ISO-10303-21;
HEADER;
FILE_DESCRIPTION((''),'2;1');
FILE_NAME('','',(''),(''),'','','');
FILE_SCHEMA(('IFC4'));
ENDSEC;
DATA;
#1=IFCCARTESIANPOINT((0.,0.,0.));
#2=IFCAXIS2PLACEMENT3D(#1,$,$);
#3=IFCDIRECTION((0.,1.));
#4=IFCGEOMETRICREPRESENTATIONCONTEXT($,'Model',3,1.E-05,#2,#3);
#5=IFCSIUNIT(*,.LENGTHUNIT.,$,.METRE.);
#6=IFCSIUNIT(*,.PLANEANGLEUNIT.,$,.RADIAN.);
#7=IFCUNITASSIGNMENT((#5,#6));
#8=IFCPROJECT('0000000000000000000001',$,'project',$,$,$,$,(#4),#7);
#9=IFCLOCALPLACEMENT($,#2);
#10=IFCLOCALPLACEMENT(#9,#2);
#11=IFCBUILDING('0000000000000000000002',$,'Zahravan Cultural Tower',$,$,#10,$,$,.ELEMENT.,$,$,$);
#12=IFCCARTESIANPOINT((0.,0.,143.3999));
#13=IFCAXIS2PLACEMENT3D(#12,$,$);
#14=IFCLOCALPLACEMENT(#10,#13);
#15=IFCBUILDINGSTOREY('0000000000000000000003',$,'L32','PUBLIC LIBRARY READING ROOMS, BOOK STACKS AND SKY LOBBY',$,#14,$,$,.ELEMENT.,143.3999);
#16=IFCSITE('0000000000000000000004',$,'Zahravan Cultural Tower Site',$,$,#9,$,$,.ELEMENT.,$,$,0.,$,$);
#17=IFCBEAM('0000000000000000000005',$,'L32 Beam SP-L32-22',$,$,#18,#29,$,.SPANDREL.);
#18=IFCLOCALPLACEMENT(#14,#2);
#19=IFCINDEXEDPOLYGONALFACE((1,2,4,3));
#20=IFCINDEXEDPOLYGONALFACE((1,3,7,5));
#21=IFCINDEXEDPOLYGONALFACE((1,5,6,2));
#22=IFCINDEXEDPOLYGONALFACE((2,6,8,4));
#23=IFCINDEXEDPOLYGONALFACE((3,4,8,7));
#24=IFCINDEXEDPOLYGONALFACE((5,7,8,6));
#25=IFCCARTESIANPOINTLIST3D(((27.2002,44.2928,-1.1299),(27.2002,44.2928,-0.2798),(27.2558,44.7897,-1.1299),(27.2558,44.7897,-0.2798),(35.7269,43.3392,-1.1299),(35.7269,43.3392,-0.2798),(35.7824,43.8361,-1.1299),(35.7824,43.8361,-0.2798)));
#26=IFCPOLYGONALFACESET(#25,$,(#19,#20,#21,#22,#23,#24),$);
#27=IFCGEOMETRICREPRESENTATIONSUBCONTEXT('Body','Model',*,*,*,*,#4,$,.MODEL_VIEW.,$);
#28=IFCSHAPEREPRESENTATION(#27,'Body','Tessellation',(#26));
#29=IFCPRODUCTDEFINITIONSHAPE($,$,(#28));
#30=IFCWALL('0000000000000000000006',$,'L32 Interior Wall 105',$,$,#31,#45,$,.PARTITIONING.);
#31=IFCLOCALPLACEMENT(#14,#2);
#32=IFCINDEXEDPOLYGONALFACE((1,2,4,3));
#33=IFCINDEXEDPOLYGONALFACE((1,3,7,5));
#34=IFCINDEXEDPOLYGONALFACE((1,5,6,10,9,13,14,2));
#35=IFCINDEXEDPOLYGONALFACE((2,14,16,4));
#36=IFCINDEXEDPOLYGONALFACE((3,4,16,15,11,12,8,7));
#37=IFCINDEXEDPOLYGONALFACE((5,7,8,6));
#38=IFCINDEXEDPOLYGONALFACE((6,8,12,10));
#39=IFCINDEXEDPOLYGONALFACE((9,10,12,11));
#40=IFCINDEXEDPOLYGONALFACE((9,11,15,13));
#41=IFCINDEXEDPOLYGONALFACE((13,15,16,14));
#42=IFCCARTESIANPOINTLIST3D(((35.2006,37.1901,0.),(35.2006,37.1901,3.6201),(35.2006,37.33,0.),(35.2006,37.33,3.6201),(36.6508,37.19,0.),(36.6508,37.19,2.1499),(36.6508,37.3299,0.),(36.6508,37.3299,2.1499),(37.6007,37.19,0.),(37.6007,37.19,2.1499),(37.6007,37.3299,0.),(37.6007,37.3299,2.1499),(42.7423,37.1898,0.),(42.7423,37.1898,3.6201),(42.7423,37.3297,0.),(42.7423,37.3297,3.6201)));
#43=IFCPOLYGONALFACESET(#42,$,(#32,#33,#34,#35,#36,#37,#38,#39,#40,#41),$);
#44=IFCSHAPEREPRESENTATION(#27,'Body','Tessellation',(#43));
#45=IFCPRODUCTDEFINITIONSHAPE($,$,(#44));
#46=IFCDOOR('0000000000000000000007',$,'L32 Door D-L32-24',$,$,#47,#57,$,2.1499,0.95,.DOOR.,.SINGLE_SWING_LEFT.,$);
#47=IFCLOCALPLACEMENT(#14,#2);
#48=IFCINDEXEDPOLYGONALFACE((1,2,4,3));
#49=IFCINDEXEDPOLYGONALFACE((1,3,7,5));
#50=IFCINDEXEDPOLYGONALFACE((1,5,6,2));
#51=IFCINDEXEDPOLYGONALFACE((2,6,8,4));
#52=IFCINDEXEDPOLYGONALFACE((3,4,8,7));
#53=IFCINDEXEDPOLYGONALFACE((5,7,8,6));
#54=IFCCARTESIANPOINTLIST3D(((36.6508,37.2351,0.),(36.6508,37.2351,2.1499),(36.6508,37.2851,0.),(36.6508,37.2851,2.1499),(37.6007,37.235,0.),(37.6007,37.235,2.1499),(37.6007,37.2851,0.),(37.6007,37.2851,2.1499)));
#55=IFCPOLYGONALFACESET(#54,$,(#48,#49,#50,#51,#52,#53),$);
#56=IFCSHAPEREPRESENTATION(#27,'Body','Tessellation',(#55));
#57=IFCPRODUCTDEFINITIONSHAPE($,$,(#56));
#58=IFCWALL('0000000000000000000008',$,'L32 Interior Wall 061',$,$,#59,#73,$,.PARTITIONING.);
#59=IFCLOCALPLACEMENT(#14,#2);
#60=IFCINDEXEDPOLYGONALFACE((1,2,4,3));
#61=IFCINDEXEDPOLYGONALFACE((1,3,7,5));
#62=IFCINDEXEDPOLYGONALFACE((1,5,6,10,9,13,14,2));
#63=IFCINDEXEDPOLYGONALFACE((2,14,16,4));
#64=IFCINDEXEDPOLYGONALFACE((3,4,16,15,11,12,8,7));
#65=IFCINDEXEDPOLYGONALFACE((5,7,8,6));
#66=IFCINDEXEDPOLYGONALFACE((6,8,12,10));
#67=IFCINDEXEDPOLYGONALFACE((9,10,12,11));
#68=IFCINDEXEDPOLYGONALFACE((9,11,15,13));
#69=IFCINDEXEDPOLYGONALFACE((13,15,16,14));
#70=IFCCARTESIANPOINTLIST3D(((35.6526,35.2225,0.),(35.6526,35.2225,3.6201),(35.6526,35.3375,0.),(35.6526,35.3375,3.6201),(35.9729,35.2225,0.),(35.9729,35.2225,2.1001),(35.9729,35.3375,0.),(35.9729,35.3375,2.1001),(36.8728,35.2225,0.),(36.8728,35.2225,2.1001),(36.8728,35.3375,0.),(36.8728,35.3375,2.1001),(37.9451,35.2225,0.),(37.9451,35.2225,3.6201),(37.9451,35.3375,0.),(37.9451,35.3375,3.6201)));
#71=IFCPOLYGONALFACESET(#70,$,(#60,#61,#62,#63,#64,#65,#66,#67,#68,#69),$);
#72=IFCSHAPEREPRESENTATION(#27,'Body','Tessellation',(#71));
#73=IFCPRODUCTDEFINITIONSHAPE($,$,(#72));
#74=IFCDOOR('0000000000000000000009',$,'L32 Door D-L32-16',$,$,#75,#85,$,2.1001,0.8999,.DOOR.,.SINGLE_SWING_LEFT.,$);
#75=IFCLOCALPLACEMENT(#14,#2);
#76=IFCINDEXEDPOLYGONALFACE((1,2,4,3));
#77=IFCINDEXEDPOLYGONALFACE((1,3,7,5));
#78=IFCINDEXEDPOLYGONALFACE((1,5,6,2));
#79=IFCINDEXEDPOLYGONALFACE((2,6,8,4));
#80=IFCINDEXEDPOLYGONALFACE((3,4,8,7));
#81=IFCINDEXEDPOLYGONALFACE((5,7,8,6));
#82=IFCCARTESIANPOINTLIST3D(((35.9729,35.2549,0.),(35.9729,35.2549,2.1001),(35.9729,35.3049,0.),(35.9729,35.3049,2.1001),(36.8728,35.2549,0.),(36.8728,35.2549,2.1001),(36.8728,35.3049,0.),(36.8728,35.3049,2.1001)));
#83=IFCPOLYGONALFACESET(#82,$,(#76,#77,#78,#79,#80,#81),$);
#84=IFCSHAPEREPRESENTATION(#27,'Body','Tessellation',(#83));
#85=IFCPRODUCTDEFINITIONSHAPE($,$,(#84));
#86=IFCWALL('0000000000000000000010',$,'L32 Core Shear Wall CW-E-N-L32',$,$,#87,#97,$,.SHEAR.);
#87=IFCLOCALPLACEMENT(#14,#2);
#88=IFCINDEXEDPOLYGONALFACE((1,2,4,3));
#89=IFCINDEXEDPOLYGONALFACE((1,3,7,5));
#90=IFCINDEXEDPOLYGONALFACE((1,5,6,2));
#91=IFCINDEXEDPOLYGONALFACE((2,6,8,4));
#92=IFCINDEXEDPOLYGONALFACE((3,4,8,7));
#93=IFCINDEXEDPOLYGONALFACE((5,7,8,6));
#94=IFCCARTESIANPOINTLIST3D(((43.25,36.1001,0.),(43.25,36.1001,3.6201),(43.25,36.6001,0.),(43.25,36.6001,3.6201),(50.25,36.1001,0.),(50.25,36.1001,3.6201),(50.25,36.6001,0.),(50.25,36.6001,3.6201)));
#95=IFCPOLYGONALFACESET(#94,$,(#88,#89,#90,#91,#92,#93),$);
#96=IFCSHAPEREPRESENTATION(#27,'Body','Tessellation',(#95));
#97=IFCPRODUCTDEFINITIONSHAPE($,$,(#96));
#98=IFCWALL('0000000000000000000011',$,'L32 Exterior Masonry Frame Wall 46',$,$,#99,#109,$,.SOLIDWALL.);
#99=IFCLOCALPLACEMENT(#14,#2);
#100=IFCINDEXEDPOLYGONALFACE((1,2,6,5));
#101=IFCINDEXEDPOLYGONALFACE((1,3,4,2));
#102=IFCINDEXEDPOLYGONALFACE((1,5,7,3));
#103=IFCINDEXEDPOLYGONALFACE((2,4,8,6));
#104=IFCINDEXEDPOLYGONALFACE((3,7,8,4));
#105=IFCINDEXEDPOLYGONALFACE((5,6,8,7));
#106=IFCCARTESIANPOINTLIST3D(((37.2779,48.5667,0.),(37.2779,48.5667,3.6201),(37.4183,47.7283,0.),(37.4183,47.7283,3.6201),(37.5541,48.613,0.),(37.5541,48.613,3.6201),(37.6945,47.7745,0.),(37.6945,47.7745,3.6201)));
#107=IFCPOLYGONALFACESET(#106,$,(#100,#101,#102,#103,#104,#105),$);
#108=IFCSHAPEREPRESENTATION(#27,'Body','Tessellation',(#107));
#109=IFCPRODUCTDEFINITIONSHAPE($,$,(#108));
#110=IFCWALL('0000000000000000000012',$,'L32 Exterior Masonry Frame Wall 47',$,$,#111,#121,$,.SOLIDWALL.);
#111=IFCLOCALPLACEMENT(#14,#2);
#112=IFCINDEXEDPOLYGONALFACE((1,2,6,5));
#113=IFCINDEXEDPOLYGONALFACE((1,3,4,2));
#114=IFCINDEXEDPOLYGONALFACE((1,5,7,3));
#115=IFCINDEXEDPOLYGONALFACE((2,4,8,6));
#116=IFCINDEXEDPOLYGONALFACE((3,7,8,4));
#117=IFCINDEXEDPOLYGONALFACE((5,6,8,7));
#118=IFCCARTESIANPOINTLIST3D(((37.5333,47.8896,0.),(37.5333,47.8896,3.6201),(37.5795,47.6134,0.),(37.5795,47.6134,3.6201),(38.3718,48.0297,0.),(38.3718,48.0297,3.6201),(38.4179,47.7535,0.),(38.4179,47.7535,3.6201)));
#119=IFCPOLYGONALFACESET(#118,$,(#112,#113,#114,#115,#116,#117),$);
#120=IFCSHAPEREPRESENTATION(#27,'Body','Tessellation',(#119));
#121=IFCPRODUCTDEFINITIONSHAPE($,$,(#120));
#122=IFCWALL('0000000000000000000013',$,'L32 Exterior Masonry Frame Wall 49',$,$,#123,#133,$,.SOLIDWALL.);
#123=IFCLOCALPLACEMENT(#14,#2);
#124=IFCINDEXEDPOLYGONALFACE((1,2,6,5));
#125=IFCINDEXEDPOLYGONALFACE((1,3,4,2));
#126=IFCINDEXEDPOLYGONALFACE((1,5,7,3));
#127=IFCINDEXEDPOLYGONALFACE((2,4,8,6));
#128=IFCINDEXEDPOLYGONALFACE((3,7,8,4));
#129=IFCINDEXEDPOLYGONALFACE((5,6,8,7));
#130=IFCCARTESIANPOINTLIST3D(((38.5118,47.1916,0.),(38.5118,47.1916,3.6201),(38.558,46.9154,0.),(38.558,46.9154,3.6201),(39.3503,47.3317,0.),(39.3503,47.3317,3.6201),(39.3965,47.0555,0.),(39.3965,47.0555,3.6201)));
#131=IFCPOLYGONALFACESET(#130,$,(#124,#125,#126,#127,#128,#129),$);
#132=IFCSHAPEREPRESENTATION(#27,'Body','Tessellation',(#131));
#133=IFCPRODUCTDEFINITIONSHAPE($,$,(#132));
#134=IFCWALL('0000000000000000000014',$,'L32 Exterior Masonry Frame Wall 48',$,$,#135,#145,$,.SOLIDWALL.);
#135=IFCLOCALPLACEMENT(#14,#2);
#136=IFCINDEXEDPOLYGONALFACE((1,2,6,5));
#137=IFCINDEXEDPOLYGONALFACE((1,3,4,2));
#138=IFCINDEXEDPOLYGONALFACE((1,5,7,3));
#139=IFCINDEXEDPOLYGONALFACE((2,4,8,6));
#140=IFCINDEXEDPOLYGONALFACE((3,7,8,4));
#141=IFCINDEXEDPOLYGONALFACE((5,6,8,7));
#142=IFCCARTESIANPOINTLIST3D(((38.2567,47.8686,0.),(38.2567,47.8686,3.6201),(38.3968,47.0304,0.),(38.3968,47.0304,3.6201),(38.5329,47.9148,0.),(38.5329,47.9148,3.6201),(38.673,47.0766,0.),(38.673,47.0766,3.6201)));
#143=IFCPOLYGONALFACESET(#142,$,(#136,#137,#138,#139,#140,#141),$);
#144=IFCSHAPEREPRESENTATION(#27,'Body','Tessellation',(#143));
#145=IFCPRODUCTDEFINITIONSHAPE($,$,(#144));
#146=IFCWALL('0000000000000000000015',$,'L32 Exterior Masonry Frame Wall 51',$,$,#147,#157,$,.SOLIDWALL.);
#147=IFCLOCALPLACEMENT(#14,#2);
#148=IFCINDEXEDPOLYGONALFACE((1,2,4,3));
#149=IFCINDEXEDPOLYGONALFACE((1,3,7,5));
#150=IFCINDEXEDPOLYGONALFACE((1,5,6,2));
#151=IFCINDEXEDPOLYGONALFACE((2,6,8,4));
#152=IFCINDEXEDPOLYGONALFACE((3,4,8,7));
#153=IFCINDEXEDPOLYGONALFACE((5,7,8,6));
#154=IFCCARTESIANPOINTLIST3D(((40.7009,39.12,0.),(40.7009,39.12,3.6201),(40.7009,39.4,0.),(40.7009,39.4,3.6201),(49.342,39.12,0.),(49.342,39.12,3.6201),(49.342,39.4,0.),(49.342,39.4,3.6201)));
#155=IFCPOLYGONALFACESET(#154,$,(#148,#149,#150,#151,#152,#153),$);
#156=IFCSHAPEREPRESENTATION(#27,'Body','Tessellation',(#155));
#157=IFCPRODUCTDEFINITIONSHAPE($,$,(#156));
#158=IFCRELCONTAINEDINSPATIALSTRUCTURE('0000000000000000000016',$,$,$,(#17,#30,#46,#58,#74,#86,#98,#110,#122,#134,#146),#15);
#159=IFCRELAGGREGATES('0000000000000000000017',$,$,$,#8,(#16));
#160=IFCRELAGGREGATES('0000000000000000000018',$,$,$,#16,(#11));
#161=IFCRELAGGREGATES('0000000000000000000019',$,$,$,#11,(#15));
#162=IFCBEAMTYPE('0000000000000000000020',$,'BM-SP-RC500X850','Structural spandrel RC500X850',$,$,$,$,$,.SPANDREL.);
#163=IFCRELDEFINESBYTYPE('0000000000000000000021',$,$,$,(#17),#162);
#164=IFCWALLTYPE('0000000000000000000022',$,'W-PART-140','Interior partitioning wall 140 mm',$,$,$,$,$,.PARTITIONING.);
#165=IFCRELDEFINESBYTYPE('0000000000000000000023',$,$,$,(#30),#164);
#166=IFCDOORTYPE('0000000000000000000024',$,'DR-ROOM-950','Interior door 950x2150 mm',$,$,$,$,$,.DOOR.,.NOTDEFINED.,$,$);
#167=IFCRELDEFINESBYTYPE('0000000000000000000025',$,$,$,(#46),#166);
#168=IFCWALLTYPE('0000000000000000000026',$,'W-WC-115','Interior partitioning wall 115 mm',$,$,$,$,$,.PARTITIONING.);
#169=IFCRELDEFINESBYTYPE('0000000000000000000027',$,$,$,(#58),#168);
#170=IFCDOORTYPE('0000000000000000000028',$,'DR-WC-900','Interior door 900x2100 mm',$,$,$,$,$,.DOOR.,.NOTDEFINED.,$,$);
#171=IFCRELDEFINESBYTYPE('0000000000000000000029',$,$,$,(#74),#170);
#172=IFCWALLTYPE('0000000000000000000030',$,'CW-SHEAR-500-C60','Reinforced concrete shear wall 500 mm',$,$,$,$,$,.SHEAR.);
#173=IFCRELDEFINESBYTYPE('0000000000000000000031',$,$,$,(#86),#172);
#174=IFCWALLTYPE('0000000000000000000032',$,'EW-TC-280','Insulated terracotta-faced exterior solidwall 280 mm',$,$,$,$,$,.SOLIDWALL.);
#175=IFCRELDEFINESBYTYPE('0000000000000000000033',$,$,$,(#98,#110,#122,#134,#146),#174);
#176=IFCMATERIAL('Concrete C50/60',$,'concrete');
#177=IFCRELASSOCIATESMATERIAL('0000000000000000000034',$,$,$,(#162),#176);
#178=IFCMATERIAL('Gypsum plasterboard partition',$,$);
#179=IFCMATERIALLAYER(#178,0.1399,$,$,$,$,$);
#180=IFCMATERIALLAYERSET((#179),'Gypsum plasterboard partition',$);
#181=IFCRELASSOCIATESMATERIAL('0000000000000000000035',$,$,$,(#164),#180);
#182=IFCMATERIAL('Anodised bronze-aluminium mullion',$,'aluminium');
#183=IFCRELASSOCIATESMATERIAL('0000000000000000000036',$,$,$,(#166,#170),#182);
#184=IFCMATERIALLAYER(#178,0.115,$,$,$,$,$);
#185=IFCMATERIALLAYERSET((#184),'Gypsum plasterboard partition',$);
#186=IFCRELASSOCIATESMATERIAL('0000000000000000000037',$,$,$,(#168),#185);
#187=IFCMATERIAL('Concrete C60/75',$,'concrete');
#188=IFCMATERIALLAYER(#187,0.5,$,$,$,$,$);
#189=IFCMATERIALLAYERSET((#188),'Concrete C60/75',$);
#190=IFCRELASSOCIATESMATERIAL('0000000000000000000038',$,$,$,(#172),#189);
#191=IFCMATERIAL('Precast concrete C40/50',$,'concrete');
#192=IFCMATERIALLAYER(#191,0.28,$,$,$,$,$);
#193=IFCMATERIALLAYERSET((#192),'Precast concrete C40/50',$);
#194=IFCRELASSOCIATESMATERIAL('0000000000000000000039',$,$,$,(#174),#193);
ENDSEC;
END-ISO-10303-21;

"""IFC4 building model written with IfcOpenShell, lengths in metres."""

from ifc_helpers import new_model, si_unit, direction, frame, frame_2d, origin, origin_2d, place, context, subcontext, project, spatial, rectangle, extrude, source, transform, mapped, material, layer, layer_set, material_profile, profile_set, type_object, element, fill, save


model = new_model("IFC4")

# Units and contexts
model_context = context("Model", 3, precision=1e-05, world=origin(), true_north=direction((0.0, 1.0)))
body_context = subcontext(model_context, "Body", "Model", "MODEL_VIEW")
ifc_project = project(units=[si_unit("LENGTHUNIT", "METRE"), si_unit("PLANEANGLEUNIT", "RADIAN")], contexts=[model_context])

# Site, building, storey
site_placement = place(None, origin())
site = spatial("IfcSite", under=ifc_project, at=site_placement, Name="Zahravan Cultural Tower Site", CompositionType="ELEMENT", RefElevation=0.0)
building_placement = place(site_placement, origin())
building = spatial("IfcBuilding", under=site, at=building_placement, Name="Zahravan Cultural Tower", CompositionType="ELEMENT")
storey_placement = place(building_placement, frame((0.0, 0.0, 143.3999)))
storey = spatial("IfcBuildingStorey", under=building, at=storey_placement, Name="L32", Description="PUBLIC LIBRARY READING ROOMS, BOOK STACKS AND SKY LOBBY", CompositionType="ELEMENT", Elevation=143.3999)

# Shared definitions
ifc_material_1 = material(Name="Concrete C50/60", Category="concrete")

# Beam
ifc_material_profile_1 = material_profile(ifc_material_1, rectangle(XDim=0.5, YDim=0.8501, at=origin_2d()), Name="RC500X850")
ifc_profile_set_1 = profile_set([ifc_material_profile_1], Name="Concrete C50/60")
beam_type_1 = type_object("IfcBeamType", Name="BM-SP-RC500X850", Description="Structural spandrel RC500X850", PredefinedType="SPANDREL", material=ifc_profile_set_1)
shared_shape_1 = source(origin(), body_context, "Body", "SweptSolid", [
    extrude(rectangle(XDim=0.5, YDim=0.8501, at=origin_2d()), origin(), (0.0, 0.0, 1.0), 8.5798),
])
beam_1_placement = place(storey_placement, frame((35.7546, 43.5876, -0.7048), z_axis=(-0.993804, 0.111147, 0.0), x_axis=(-0.111147, -0.993804, 0.0)))
element("IfcBeam", 1, at=beam_1_placement, inside=storey, type_object=beam_type_1, Name="L32 Beam SP-L32-22", PredefinedType="SPANDREL", context=body_context, shape_type="MappedRepresentation", body=[
    mapped(shared_shape_1, transform((0.0, 0.0, 0.0), x_axis=(1.0, 0.0, 0.0), y_axis=(0.0, 1.0, 0.0), z_axis=(0.0, 0.0, 1.0), scale=1.0)),
])

# Walls, openings, doors
ifc_material_2 = material(Name="Gypsum plasterboard partition")
ifc_layer_1 = layer(ifc_material_2, 0.1399)
ifc_layer_set_1 = layer_set([ifc_layer_1], Name="Gypsum plasterboard partition")
wall_type_1 = type_object("IfcWallType", Name="W-PART-140", Description="Interior partitioning wall 140 mm", PredefinedType="PARTITIONING", material=ifc_layer_set_1)
wall_1_placement = place(storey_placement, frame((42.7424, 37.2598, 0.0), z_axis=(0.0, 0.0, 1.0), x_axis=(-1.0, 0.000032, 0.0)))
wall_1 = element("IfcWall", 2, at=wall_1_placement, inside=storey, type_object=wall_type_1, Name="L32 Interior Wall 105", PredefinedType="PARTITIONING", context=body_context, shape_type="SweptSolid", body=[
    extrude(rectangle(XDim=7.5417, YDim=0.1399, at=frame_2d((3.771, 0.0))), origin(), (0.0, 0.0, 1.0), 3.6201),
])
opening_1_placement = place(wall_1_placement, frame((5.1416, 0.0, 0.0)))
opening_1 = element("IfcOpeningElement", 3, at=opening_1_placement, cuts=wall_1, PredefinedType="OPENING", context=body_context, shape_type="SweptSolid", body=[
    extrude(rectangle(XDim=0.95, YDim=2.1499, at=frame_2d((0.4751, 1.075))), frame((0.0, 0.0798, 0.0), z_axis=(0.0, -1.0, 0.0), x_axis=(1.0, 0.0, 0.0)), (0.0, 0.0, 1.0), 0.1599),
])
ifc_material_3 = material(Name="Anodised bronze-aluminium mullion", Category="aluminium")
door_type_1 = type_object("IfcDoorType", Name="DR-ROOM-950", Description="Interior door 950x2150 mm", OperationType="NOTDEFINED", PredefinedType="DOOR", material=ifc_material_3)
shared_shape_2 = source(origin(), body_context, "Body", "SweptSolid", [
    extrude(rectangle(XDim=0.95, YDim=2.1499, at=frame_2d((0.4751, 1.075))), frame((0.0, 0.0249, 0.0), z_axis=(0.0, -1.0, 0.0), x_axis=(1.0, 0.0, 0.0)), (0.0, 0.0, 1.0), 0.05),
])
door_1_placement = place(opening_1_placement, origin())
door_1 = element("IfcDoor", 4, at=door_1_placement, inside=storey, type_object=door_type_1, Name="L32 Door D-L32-24", OperationType="SINGLE_SWING_LEFT", OverallHeight=2.1499, OverallWidth=0.95, PredefinedType="DOOR", context=body_context, shape_type="MappedRepresentation", body=[
    mapped(shared_shape_2, transform((0.0, 0.0, 0.0), x_axis=(1.0, 0.0, 0.0), y_axis=(0.0, 1.0, 0.0), z_axis=(0.0, 0.0, 1.0), scale=1.0)),
])
fill(opening_1, door_1)
ifc_layer_2 = layer(ifc_material_2, 0.115)
ifc_layer_set_2 = layer_set([ifc_layer_2], Name="Gypsum plasterboard partition")
wall_type_2 = type_object("IfcWallType", Name="W-WC-115", Description="Interior partitioning wall 115 mm", PredefinedType="PARTITIONING", material=ifc_layer_set_2)
wall_2_placement = place(storey_placement, frame((35.6526, 35.28, 0.0), z_axis=(0.0, 0.0, 1.0), x_axis=(1.0, 0.0, 0.0)))
wall_2 = element("IfcWall", 5, at=wall_2_placement, inside=storey, type_object=wall_type_2, Name="L32 Interior Wall 061", PredefinedType="PARTITIONING", context=body_context, shape_type="SweptSolid", body=[
    extrude(rectangle(XDim=2.2925, YDim=0.115, at=frame_2d((1.1462, 0.0))), origin(), (0.0, 0.0, 1.0), 3.6201),
])
opening_2_placement = place(wall_2_placement, frame((0.3203, 0.0, 0.0)))
opening_2 = element("IfcOpeningElement", 6, at=opening_2_placement, cuts=wall_2, PredefinedType="OPENING", context=body_context, shape_type="SweptSolid", body=[
    extrude(rectangle(XDim=0.8999, YDim=2.1001, at=frame_2d((0.45, 1.05))), frame((0.0, 0.0674, 0.0), z_axis=(0.0, -1.0, 0.0), x_axis=(1.0, 0.0, 0.0)), (0.0, 0.0, 1.0), 0.135),
])
door_type_2 = type_object("IfcDoorType", Name="DR-WC-900", Description="Interior door 900x2100 mm", OperationType="NOTDEFINED", PredefinedType="DOOR", material=ifc_material_3)
shared_shape_3 = source(origin(), body_context, "Body", "SweptSolid", [
    extrude(rectangle(XDim=0.8999, YDim=2.1001, at=frame_2d((0.45, 1.05))), frame((0.0, 0.0249, 0.0), z_axis=(0.0, -1.0, 0.0), x_axis=(1.0, 0.0, 0.0)), (0.0, 0.0, 1.0), 0.05),
])
door_2_placement = place(opening_2_placement, origin())
door_2 = element("IfcDoor", 7, at=door_2_placement, inside=storey, type_object=door_type_2, Name="L32 Door D-L32-16", OperationType="SINGLE_SWING_LEFT", OverallHeight=2.1001, OverallWidth=0.8999, PredefinedType="DOOR", context=body_context, shape_type="MappedRepresentation", body=[
    mapped(shared_shape_3, transform((0.0, 0.0, 0.0), x_axis=(1.0, 0.0, 0.0), y_axis=(0.0, 1.0, 0.0), z_axis=(0.0, 0.0, 1.0), scale=1.0)),
])
fill(opening_2, door_2)

# Walls
ifc_material_4 = material(Name="Concrete C60/75", Category="concrete")
ifc_layer_3 = layer(ifc_material_4, 0.5)
ifc_layer_set_3 = layer_set([ifc_layer_3], Name="Concrete C60/75")
wall_type_3 = type_object("IfcWallType", Name="CW-SHEAR-500-C60", Description="Reinforced concrete shear wall 500 mm", PredefinedType="SHEAR", material=ifc_layer_set_3)
shared_shape_4 = source(origin(), body_context, "Body", "SweptSolid", [
    extrude(rectangle(XDim=7.0, YDim=0.5, at=frame_2d((3.5, 0.0))), origin(), (0.0, 0.0, 1.0), 3.6201),
])
wall_3_placement = place(storey_placement, frame((43.25, 36.3501, 0.0), z_axis=(0.0, 0.0, 1.0), x_axis=(1.0, 0.0, 0.0)))
element("IfcWall", 8, at=wall_3_placement, inside=storey, type_object=wall_type_3, Name="L32 Core Shear Wall CW-E-N-L32", PredefinedType="SHEAR", context=body_context, shape_type="MappedRepresentation", body=[
    mapped(shared_shape_4, transform((0.0, 0.0, 0.0), x_axis=(1.0, 0.0, 0.0), y_axis=(0.0, 1.0, 0.0), z_axis=(0.0, 0.0, 1.0), scale=1.0)),
])
ifc_material_5 = material(Name="Precast concrete C40/50", Category="concrete")
ifc_layer_4 = layer(ifc_material_5, 0.28)
ifc_layer_set_4 = layer_set([ifc_layer_4], Name="Precast concrete C40/50")
wall_type_4 = type_object("IfcWallType", Name="EW-TC-280", Description="Insulated terracotta-faced exterior solidwall 280 mm", PredefinedType="SOLIDWALL", material=ifc_layer_set_4)
shared_shape_5 = source(origin(), body_context, "Body", "SweptSolid", [
    extrude(rectangle(XDim=0.8501, YDim=0.28, at=frame_2d((0.425, 0.0))), origin(), (0.0, 0.0, 1.0), 3.6201),
])
for number, where, z_axis, x_axis, name in (
    (9, (37.416, 48.5898, 0.0), (0.0, 0.0, 1.0), (0.165144, -0.986269, 0.0), "L32 Exterior Masonry Frame Wall 46"),
    (10, (37.5564, 47.7515, 0.0), (0.0, 0.0, 1.0), (0.986316, 0.164865, 0.0), "L32 Exterior Masonry Frame Wall 47"),
    (11, (38.5349, 47.0535, 0.0), (0.0, 0.0, 1.0), (0.986316, 0.164865, 0.0), "L32 Exterior Masonry Frame Wall 49"),
):
    element("IfcWall", number, at=place(storey_placement, frame(where, z_axis=z_axis, x_axis=x_axis)), inside=storey, type_object=wall_type_4, Name=name, PredefinedType="SOLIDWALL", context=body_context, shape_type="MappedRepresentation", body=[
        mapped(shared_shape_5, transform((0.0, 0.0, 0.0), x_axis=(1.0, 0.0, 0.0), y_axis=(0.0, 1.0, 0.0), z_axis=(0.0, 0.0, 1.0), scale=1.0)),
    ])
shared_shape_6 = source(origin(), body_context, "Body", "SweptSolid", [
    extrude(rectangle(XDim=0.8499, YDim=0.28, at=frame_2d((0.4248, 0.0))), origin(), (0.0, 0.0, 1.0), 3.6201),
])
wall_4_placement = place(storey_placement, frame((38.3948, 47.8916, 0.0), z_axis=(0.0, 0.0, 1.0), x_axis=(0.164911, -0.986308, 0.0)))
element("IfcWall", 12, at=wall_4_placement, inside=storey, type_object=wall_type_4, Name="L32 Exterior Masonry Frame Wall 48", PredefinedType="SOLIDWALL", context=body_context, shape_type="MappedRepresentation", body=[
    mapped(shared_shape_6, transform((0.0, 0.0, 0.0), x_axis=(1.0, 0.0, 0.0), y_axis=(0.0, 1.0, 0.0), z_axis=(0.0, 0.0, 1.0), scale=1.0)),
])
shared_shape_7 = source(origin(), body_context, "Body", "SweptSolid", [
    extrude(rectangle(XDim=8.6411, YDim=0.28, at=frame_2d((4.3206, 0.0))), origin(), (0.0, 0.0, 1.0), 3.6201),
])
wall_5_placement = place(storey_placement, frame((40.7009, 39.26, 0.0), z_axis=(0.0, 0.0, 1.0), x_axis=(1.0, 0.0, 0.0)))
element("IfcWall", 13, at=wall_5_placement, inside=storey, type_object=wall_type_4, Name="L32 Exterior Masonry Frame Wall 51", PredefinedType="SOLIDWALL", context=body_context, shape_type="MappedRepresentation", body=[
    mapped(shared_shape_7, transform((0.0, 0.0, 0.0), x_axis=(1.0, 0.0, 0.0), y_axis=(0.0, 1.0, 0.0), z_axis=(0.0, 0.0, 1.0), scale=1.0)),
])

save(model, "model.ifc")
